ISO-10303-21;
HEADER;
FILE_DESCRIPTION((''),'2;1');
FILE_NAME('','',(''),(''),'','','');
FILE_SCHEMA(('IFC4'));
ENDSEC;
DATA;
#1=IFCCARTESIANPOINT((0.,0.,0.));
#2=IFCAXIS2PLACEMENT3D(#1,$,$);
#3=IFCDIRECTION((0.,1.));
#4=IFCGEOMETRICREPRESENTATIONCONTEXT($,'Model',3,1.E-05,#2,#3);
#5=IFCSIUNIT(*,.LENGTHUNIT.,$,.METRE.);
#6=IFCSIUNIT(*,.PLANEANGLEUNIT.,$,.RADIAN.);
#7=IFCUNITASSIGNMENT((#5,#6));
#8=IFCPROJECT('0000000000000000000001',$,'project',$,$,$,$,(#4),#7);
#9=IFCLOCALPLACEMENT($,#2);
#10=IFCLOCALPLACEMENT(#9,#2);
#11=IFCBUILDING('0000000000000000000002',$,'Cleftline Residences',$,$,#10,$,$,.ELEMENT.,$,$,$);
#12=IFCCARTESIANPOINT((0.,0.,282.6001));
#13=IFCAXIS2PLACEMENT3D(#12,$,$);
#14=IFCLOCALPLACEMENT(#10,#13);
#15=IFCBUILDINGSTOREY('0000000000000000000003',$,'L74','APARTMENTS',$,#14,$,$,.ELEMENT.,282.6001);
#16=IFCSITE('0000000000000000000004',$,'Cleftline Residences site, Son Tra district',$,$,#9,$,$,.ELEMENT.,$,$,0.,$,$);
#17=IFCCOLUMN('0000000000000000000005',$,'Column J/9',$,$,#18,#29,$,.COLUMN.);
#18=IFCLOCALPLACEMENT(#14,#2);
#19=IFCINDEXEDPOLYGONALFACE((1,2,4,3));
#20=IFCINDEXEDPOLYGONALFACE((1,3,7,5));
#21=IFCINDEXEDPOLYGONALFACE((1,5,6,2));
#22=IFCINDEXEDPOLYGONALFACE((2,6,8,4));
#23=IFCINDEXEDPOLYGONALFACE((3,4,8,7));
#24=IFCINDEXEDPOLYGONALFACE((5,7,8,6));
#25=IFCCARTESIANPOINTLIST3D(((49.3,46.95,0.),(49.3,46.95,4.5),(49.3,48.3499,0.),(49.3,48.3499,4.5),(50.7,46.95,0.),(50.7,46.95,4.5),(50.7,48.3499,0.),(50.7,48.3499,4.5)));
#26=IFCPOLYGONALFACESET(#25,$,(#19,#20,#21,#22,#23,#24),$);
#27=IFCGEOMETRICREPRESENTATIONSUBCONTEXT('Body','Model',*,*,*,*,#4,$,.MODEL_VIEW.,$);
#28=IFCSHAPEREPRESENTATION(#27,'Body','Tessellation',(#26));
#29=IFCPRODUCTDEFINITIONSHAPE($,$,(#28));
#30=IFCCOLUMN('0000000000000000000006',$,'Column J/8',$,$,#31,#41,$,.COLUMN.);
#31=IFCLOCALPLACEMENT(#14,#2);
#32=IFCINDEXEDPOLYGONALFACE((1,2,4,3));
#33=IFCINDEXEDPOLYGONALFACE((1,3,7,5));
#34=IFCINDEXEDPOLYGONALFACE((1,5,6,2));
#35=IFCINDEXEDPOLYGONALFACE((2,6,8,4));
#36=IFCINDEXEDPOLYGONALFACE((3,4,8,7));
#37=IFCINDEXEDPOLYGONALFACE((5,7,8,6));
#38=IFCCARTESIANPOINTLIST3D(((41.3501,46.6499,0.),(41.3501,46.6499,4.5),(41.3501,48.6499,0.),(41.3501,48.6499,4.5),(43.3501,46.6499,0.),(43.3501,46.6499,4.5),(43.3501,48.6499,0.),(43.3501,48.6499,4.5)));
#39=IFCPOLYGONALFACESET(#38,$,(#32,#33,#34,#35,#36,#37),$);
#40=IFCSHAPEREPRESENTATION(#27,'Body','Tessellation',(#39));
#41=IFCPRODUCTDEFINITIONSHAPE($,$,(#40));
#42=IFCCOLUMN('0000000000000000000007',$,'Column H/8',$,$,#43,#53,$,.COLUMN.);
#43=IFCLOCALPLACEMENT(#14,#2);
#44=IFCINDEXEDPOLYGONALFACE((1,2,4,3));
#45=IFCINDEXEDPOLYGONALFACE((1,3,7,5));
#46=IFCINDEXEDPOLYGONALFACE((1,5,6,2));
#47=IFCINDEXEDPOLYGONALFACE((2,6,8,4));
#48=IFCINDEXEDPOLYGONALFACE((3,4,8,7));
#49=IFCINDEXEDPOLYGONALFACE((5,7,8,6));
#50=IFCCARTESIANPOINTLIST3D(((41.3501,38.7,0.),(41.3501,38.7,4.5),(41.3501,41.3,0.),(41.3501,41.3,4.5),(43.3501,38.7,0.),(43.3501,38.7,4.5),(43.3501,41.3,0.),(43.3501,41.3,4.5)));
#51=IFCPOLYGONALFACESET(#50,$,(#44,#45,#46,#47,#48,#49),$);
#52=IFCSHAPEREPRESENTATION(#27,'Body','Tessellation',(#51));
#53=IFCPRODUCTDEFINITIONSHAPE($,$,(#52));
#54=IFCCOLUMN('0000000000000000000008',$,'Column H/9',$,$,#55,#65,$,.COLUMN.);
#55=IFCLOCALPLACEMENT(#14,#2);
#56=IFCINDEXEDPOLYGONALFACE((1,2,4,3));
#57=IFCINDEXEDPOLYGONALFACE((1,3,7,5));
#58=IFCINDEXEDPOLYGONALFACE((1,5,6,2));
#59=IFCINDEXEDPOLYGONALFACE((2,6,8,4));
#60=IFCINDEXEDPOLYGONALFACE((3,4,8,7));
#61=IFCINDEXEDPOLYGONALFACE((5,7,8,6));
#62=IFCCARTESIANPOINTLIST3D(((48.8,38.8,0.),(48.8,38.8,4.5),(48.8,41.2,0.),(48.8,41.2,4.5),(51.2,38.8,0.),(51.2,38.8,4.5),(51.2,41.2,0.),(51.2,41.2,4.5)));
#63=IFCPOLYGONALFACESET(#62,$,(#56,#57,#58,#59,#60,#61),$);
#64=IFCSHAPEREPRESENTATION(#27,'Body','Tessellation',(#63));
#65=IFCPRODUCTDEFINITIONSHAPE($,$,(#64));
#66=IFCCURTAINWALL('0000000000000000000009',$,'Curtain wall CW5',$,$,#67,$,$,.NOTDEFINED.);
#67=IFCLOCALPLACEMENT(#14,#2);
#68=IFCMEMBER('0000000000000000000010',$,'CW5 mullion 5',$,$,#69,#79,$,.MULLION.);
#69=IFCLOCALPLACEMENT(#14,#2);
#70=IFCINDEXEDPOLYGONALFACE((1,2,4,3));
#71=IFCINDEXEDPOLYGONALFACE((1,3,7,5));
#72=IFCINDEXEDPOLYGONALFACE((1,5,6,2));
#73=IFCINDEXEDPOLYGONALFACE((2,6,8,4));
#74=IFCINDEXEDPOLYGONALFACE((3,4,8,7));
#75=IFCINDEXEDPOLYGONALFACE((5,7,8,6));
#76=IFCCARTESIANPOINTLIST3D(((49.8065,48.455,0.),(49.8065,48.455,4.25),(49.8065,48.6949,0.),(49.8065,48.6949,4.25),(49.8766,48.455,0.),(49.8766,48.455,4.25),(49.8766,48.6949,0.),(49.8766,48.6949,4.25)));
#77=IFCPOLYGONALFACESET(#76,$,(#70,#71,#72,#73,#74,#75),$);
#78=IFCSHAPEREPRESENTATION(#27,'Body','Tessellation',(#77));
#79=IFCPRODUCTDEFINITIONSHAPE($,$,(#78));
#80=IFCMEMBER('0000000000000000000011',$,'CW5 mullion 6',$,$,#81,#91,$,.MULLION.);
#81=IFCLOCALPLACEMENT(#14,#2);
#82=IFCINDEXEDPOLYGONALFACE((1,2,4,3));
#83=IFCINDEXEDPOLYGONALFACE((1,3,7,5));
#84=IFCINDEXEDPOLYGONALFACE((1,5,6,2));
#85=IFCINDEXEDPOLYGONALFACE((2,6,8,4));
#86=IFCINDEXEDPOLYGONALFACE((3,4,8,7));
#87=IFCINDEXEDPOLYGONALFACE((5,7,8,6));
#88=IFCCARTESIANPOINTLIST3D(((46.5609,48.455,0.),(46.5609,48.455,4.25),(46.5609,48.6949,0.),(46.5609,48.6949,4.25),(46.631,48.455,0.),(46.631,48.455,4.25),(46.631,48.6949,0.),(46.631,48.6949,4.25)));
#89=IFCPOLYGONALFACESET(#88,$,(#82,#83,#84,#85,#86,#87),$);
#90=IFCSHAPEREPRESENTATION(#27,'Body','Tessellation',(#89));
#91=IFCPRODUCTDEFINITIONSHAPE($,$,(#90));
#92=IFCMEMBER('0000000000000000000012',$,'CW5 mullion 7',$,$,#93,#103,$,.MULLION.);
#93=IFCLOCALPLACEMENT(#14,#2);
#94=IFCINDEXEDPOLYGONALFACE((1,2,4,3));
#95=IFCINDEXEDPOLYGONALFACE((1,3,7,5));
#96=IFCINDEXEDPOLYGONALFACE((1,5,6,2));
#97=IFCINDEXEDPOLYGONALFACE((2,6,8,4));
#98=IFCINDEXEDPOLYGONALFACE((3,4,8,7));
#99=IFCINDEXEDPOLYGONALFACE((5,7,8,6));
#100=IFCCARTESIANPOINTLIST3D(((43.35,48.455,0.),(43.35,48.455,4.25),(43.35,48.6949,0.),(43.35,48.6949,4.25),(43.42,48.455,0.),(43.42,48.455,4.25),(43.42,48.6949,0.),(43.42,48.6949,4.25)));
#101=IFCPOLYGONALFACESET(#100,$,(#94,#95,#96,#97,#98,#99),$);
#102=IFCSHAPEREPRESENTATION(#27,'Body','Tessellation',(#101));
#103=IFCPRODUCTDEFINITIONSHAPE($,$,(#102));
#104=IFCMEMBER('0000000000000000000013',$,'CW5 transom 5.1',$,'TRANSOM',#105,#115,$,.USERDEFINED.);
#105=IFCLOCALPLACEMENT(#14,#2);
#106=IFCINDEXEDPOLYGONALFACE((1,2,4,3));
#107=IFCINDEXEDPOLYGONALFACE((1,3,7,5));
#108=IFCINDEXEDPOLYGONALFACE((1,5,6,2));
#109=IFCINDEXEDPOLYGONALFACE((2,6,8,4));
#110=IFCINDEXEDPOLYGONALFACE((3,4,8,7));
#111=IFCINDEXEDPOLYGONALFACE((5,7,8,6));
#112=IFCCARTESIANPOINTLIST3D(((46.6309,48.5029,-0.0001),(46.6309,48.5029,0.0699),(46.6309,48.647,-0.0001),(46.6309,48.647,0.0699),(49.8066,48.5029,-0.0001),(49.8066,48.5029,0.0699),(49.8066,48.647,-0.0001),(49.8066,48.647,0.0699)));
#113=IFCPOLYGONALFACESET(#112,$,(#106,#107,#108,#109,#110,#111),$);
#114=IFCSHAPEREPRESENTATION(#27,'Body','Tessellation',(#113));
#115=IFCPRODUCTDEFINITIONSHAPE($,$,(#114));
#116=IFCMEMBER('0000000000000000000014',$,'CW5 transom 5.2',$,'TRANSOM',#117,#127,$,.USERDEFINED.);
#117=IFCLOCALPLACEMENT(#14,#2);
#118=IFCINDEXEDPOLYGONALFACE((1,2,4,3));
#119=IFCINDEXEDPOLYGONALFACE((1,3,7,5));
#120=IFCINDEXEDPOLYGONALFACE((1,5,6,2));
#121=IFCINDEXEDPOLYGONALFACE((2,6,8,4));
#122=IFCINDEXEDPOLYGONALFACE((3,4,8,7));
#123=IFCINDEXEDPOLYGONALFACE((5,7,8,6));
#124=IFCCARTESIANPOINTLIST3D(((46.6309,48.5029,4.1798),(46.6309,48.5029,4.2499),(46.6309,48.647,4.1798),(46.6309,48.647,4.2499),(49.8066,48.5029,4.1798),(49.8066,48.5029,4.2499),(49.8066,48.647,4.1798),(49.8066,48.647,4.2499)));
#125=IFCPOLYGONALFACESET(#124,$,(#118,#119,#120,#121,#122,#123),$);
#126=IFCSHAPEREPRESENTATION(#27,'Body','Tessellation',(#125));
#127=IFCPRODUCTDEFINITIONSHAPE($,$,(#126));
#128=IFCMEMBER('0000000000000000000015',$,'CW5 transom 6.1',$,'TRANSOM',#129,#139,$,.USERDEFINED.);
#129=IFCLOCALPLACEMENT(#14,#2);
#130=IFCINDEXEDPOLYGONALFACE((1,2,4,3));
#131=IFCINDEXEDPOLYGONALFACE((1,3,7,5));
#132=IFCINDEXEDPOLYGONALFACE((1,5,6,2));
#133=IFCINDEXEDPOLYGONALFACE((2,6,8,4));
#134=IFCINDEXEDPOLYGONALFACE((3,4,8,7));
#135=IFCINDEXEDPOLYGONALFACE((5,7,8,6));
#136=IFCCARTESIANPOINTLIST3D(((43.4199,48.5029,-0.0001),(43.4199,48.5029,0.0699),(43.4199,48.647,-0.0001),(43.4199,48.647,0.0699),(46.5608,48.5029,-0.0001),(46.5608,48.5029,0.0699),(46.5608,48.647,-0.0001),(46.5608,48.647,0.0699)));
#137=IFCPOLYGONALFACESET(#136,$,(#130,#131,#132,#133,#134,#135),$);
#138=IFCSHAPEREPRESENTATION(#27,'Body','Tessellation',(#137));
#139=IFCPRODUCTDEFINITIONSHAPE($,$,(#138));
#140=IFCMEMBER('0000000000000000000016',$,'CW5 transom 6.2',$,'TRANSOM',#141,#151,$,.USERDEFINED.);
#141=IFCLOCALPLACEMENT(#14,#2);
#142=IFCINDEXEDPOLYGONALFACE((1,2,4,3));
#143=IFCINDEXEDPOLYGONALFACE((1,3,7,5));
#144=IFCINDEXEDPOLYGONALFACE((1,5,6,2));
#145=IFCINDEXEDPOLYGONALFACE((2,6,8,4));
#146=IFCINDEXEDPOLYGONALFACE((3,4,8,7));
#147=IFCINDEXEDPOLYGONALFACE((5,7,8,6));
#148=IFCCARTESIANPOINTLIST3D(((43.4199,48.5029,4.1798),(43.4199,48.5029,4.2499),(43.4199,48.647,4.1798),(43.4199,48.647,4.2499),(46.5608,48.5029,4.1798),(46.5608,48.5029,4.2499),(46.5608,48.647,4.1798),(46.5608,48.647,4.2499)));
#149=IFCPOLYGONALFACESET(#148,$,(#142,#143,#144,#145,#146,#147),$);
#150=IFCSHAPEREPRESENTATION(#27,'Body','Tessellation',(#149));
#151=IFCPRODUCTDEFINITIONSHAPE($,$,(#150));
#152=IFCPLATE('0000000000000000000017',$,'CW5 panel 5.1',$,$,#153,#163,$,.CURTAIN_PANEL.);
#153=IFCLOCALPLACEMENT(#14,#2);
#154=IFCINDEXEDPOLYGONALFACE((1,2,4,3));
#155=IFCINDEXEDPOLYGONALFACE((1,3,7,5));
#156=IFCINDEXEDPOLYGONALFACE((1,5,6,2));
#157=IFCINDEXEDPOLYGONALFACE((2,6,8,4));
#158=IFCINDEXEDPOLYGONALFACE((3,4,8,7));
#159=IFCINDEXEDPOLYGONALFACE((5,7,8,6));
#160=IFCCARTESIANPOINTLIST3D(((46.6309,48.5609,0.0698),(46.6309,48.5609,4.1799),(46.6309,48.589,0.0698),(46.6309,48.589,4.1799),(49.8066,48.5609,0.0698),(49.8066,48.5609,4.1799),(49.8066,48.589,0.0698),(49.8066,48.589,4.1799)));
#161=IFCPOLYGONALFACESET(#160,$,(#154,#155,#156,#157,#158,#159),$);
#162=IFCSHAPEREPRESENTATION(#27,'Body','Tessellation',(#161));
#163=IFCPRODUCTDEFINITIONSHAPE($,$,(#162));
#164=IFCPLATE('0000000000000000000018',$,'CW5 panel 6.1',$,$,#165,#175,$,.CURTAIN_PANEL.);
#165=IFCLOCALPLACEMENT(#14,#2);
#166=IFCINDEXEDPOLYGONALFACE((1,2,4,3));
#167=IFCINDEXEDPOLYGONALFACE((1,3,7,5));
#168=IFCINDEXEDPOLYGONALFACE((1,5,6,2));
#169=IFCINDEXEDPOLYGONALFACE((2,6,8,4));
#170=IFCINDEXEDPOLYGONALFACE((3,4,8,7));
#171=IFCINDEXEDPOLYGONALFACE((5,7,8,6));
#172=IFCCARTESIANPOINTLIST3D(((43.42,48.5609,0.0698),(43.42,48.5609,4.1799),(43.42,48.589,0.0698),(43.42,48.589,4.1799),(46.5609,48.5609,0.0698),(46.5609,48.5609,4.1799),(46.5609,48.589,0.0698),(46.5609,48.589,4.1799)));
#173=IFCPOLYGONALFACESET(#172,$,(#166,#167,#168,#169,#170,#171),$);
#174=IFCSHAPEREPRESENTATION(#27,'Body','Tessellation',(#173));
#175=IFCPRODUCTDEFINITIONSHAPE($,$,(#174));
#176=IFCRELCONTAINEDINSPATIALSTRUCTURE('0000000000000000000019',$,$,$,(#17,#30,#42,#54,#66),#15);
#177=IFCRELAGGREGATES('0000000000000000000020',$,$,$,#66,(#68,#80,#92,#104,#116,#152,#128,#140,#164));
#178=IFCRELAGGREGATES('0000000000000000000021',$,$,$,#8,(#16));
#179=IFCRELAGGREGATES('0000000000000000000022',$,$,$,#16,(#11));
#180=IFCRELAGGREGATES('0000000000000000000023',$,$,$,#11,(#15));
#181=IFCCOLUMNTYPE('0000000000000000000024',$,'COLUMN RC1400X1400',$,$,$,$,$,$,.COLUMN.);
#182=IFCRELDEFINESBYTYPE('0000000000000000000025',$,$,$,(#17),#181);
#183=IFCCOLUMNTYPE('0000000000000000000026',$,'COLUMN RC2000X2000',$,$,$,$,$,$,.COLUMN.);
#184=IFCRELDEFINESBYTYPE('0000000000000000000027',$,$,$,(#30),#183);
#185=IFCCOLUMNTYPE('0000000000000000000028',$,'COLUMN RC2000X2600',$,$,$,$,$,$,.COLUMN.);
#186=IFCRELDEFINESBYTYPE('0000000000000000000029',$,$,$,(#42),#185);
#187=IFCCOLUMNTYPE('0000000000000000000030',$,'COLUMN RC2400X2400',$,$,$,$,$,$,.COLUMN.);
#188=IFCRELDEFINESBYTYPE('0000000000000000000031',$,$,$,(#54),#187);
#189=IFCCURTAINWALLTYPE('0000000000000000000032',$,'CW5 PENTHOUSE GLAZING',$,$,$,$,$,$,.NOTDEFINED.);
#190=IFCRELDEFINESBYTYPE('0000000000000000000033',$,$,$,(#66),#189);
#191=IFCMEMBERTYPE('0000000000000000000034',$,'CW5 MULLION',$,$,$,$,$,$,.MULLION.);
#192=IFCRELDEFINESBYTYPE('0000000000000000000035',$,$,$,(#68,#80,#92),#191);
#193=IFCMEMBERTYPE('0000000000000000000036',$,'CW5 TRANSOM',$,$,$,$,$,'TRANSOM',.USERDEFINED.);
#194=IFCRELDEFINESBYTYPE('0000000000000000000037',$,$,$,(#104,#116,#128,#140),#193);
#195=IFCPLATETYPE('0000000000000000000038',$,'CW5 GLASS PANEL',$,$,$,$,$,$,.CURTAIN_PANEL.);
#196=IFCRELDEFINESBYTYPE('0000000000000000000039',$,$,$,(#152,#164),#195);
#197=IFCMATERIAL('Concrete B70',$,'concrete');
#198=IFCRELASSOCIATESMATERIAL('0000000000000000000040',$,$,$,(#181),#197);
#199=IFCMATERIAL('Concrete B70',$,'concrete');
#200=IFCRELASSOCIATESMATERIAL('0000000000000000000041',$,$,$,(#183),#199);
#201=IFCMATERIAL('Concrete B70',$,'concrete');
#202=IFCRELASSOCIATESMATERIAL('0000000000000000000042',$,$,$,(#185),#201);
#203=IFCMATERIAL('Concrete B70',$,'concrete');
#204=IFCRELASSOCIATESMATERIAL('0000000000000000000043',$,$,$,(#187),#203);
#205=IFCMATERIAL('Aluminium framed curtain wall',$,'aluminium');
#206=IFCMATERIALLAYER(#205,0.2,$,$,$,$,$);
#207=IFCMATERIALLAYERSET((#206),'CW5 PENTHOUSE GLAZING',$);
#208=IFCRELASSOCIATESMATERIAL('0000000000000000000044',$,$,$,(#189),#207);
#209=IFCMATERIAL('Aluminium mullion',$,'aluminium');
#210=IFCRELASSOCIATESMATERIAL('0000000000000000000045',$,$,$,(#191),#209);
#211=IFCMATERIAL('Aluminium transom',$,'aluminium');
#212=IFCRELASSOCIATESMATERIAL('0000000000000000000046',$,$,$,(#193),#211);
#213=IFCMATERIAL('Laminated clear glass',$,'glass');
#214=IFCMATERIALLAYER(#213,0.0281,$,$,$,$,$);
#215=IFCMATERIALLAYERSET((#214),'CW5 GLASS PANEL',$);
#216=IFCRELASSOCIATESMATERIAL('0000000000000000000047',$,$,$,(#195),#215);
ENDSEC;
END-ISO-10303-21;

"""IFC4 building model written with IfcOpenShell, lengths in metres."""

from ifc_helpers import new_model, si_unit, direction, frame, origin, origin_2d, place, context, subcontext, project, spatial, rectangle, extrude, material, layer, layer_set, material_profile, profile_set, type_object, element, aggregate, save


model = new_model("IFC4")

# Units and contexts
model_context = context("Model", 3, precision=1e-05, world=origin(), true_north=direction((0.0, 1.0)))
body_context = subcontext(model_context, "Body", "Model", "MODEL_VIEW")
ifc_project = project(units=[si_unit("LENGTHUNIT", "METRE"), si_unit("PLANEANGLEUNIT", "RADIAN")], contexts=[model_context])

# Site, building, storey
site_placement = place(None, origin())
site = spatial("IfcSite", under=ifc_project, at=site_placement, Name="Cleftline Residences site, Son Tra district", CompositionType="ELEMENT", RefElevation=0.0)
building_placement = place(site_placement, origin())
building = spatial("IfcBuilding", under=site, at=building_placement, Name="Cleftline Residences", CompositionType="ELEMENT")
storey_placement = place(building_placement, frame((0.0, 0.0, 282.6001)))
storey = spatial("IfcBuildingStorey", under=building, at=storey_placement, Name="L74", Description="APARTMENTS", CompositionType="ELEMENT", Elevation=282.6001)

# Columns
ifc_material_1 = material(Name="Concrete B70", Category="concrete")
ifc_material_profile_1 = material_profile(ifc_material_1, rectangle(XDim=1.3999, YDim=1.3999, at=origin_2d()))
ifc_profile_set_1 = profile_set([ifc_material_profile_1], Name="Concrete B70")
column_type_1 = type_object("IfcColumnType", Name="COLUMN RC1400X1400", PredefinedType="COLUMN", material=ifc_profile_set_1)
column_1_placement = place(storey_placement, frame((50.0, 47.6499, 0.0), z_axis=(0.0, 0.0, 1.0), x_axis=(1.0, 0.0, 0.0)))
element("IfcColumn", 1, at=column_1_placement, inside=storey, type_object=column_type_1, Name="Column J/9", PredefinedType="COLUMN", context=body_context, shape_type="SweptSolid", body=[
    extrude(rectangle(XDim=1.3999, YDim=1.3999, at=origin_2d()), origin(), (0.0, 0.0, 1.0), 4.5),
])
ifc_material_2 = material(Name="Concrete B70", Category="concrete")
ifc_material_profile_2 = material_profile(ifc_material_2, rectangle(XDim=2.0, YDim=2.0, at=origin_2d()))
ifc_profile_set_2 = profile_set([ifc_material_profile_2], Name="Concrete B70")
column_type_2 = type_object("IfcColumnType", Name="COLUMN RC2000X2000", PredefinedType="COLUMN", material=ifc_profile_set_2)
column_2_placement = place(storey_placement, frame((42.3501, 47.6499, 0.0), z_axis=(0.0, 0.0, 1.0), x_axis=(1.0, 0.0, 0.0)))
element("IfcColumn", 2, at=column_2_placement, inside=storey, type_object=column_type_2, Name="Column J/8", PredefinedType="COLUMN", context=body_context, shape_type="SweptSolid", body=[
    extrude(rectangle(XDim=2.0, YDim=2.0, at=origin_2d()), origin(), (0.0, 0.0, 1.0), 4.5),
])
ifc_material_3 = material(Name="Concrete B70", Category="concrete")
ifc_material_profile_3 = material_profile(ifc_material_3, rectangle(XDim=2.0, YDim=2.6001, at=origin_2d()))
ifc_profile_set_3 = profile_set([ifc_material_profile_3], Name="Concrete B70")
column_type_3 = type_object("IfcColumnType", Name="COLUMN RC2000X2600", PredefinedType="COLUMN", material=ifc_profile_set_3)
column_3_placement = place(storey_placement, frame((42.3501, 40.0, 0.0), z_axis=(0.0, 0.0, 1.0), x_axis=(1.0, 0.0, 0.0)))
element("IfcColumn", 3, at=column_3_placement, inside=storey, type_object=column_type_3, Name="Column H/8", PredefinedType="COLUMN", context=body_context, shape_type="SweptSolid", body=[
    extrude(rectangle(XDim=2.0, YDim=2.6001, at=origin_2d()), origin(), (0.0, 0.0, 1.0), 4.5),
])
ifc_material_4 = material(Name="Concrete B70", Category="concrete")
ifc_material_profile_4 = material_profile(ifc_material_4, rectangle(XDim=2.3999, YDim=2.3999, at=origin_2d()))
ifc_profile_set_4 = profile_set([ifc_material_profile_4], Name="Concrete B70")
column_type_4 = type_object("IfcColumnType", Name="COLUMN RC2400X2400", PredefinedType="COLUMN", material=ifc_profile_set_4)
column_4_placement = place(storey_placement, frame((50.0, 40.0, 0.0), z_axis=(0.0, 0.0, 1.0), x_axis=(1.0, 0.0, 0.0)))
element("IfcColumn", 4, at=column_4_placement, inside=storey, type_object=column_type_4, Name="Column H/9", PredefinedType="COLUMN", context=body_context, shape_type="SweptSolid", body=[
    extrude(rectangle(XDim=2.3999, YDim=2.3999, at=origin_2d()), origin(), (0.0, 0.0, 1.0), 4.5),
])

# Curtain wall, members, plates
ifc_material_5 = material(Name="Aluminium framed curtain wall", Category="aluminium")
ifc_layer_1 = layer(ifc_material_5, 0.2)
ifc_layer_set_1 = layer_set([ifc_layer_1], Name="CW5 PENTHOUSE GLAZING")
curtain_wall_type = type_object("IfcCurtainWallType", Name="CW5 PENTHOUSE GLAZING", PredefinedType="NOTDEFINED", material=ifc_layer_set_1)
curtain_wall_placement = place(storey_placement, origin())
curtain_wall = element("IfcCurtainWall", 5, at=curtain_wall_placement, inside=storey, type_object=curtain_wall_type, Name="Curtain wall CW5", PredefinedType="NOTDEFINED")
ifc_material_6 = material(Name="Aluminium mullion", Category="aluminium")
ifc_material_profile_5 = material_profile(ifc_material_6, rectangle(XDim=0.24, YDim=0.0701, at=origin_2d()))
ifc_profile_set_5 = profile_set([ifc_material_profile_5], Name="Aluminium mullion")
member_type_1 = type_object("IfcMemberType", Name="CW5 MULLION", PredefinedType="MULLION", material=ifc_profile_set_5)
member_1_placement = place(storey_placement, frame((49.8416, 48.575, 0.0), z_axis=(0.0, 0.0, 1.0), x_axis=(0.0, -1.0, 0.0)))
member_1 = element("IfcMember", 6, at=member_1_placement, type_object=member_type_1, Name="CW5 mullion 5", PredefinedType="MULLION", context=body_context, shape_type="SweptSolid", body=[
    extrude(rectangle(XDim=0.24, YDim=0.0701, at=origin_2d()), origin(), (0.0, 0.0, 1.0), 4.25),
])
member_2_placement = place(storey_placement, frame((46.5959, 48.575, 0.0), z_axis=(0.0, 0.0, 1.0), x_axis=(0.0, -1.0, 0.0)))
member_2 = element("IfcMember", 7, at=member_2_placement, type_object=member_type_1, Name="CW5 mullion 6", PredefinedType="MULLION", context=body_context, shape_type="SweptSolid", body=[
    extrude(rectangle(XDim=0.24, YDim=0.0701, at=origin_2d()), origin(), (0.0, 0.0, 1.0), 4.25),
])
member_3_placement = place(storey_placement, frame((43.385, 48.575, 0.0), z_axis=(0.0, 0.0, 1.0), x_axis=(0.0, -1.0, 0.0)))
member_3 = element("IfcMember", 8, at=member_3_placement, type_object=member_type_1, Name="CW5 mullion 7", PredefinedType="MULLION", context=body_context, shape_type="SweptSolid", body=[
    extrude(rectangle(XDim=0.24, YDim=0.0701, at=origin_2d()), origin(), (0.0, 0.0, 1.0), 4.25),
])
ifc_material_7 = material(Name="Aluminium transom", Category="aluminium")
ifc_material_profile_6 = material_profile(ifc_material_7, rectangle(XDim=0.144, YDim=0.0701, at=origin_2d()))
ifc_profile_set_6 = profile_set([ifc_material_profile_6], Name="Aluminium transom")
member_type_2 = type_object("IfcMemberType", Name="CW5 TRANSOM", ElementType="TRANSOM", PredefinedType="USERDEFINED", material=ifc_profile_set_6)
member_4_placement = place(storey_placement, frame((49.8066, 48.575, 0.0349), z_axis=(-1.0, 0.0, 0.0), x_axis=(0.0, -1.0, 0.0)))
member_4 = element("IfcMember", 9, at=member_4_placement, type_object=member_type_2, Name="CW5 transom 5.1", ObjectType="TRANSOM", PredefinedType="USERDEFINED", context=body_context, shape_type="SweptSolid", body=[
    extrude(rectangle(XDim=0.144, YDim=0.0701, at=origin_2d()), origin(), (0.0, 0.0, 1.0), 3.1758),
])
member_5_placement = place(storey_placement, frame((49.8066, 48.575, 4.2148), z_axis=(-1.0, 0.0, 0.0), x_axis=(0.0, -1.0, 0.0)))
member_5 = element("IfcMember", 10, at=member_5_placement, type_object=member_type_2, Name="CW5 transom 5.2", ObjectType="TRANSOM", PredefinedType="USERDEFINED", context=body_context, shape_type="SweptSolid", body=[
    extrude(rectangle(XDim=0.144, YDim=0.0701, at=origin_2d()), origin(), (0.0, 0.0, 1.0), 3.1758),
])
member_6_placement = place(storey_placement, frame((46.5608, 48.575, 0.0349), z_axis=(-1.0, 0.0, 0.0), x_axis=(0.0, -1.0, 0.0)))
member_6 = element("IfcMember", 11, at=member_6_placement, type_object=member_type_2, Name="CW5 transom 6.1", ObjectType="TRANSOM", PredefinedType="USERDEFINED", context=body_context, shape_type="SweptSolid", body=[
    extrude(rectangle(XDim=0.144, YDim=0.0701, at=origin_2d()), origin(), (0.0, 0.0, 1.0), 3.1409),
])
member_7_placement = place(storey_placement, frame((46.5608, 48.575, 4.2148), z_axis=(-1.0, 0.0, 0.0), x_axis=(0.0, -1.0, 0.0)))
member_7 = element("IfcMember", 12, at=member_7_placement, type_object=member_type_2, Name="CW5 transom 6.2", ObjectType="TRANSOM", PredefinedType="USERDEFINED", context=body_context, shape_type="SweptSolid", body=[
    extrude(rectangle(XDim=0.144, YDim=0.0701, at=origin_2d()), origin(), (0.0, 0.0, 1.0), 3.1409),
])
ifc_material_8 = material(Name="Laminated clear glass", Category="glass")
ifc_layer_2 = layer(ifc_material_8, 0.0281)
ifc_layer_set_2 = layer_set([ifc_layer_2], Name="CW5 GLASS PANEL")
plate_type = type_object("IfcPlateType", Name="CW5 GLASS PANEL", PredefinedType="CURTAIN_PANEL", material=ifc_layer_set_2)
plate_1_placement = place(storey_placement, frame((48.2188, 48.575, 0.0698), z_axis=(0.0, 0.0, 1.0), x_axis=(-1.0, 0.0, 0.0)))
plate_1 = element("IfcPlate", 13, at=plate_1_placement, type_object=plate_type, Name="CW5 panel 5.1", PredefinedType="CURTAIN_PANEL", context=body_context, shape_type="SweptSolid", body=[
    extrude(rectangle(XDim=3.1758, YDim=0.0281, at=origin_2d()), origin(), (0.0, 0.0, 1.0), 4.1101),
])
plate_2_placement = place(storey_placement, frame((44.9905, 48.575, 0.0698), z_axis=(0.0, 0.0, 1.0), x_axis=(-1.0, 0.0, 0.0)))
plate_2 = element("IfcPlate", 14, at=plate_2_placement, type_object=plate_type, Name="CW5 panel 6.1", PredefinedType="CURTAIN_PANEL", context=body_context, shape_type="SweptSolid", body=[
    extrude(rectangle(XDim=3.1409, YDim=0.0281, at=origin_2d()), origin(), (0.0, 0.0, 1.0), 4.1101),
])
aggregate(curtain_wall, [member_1, member_2, member_3, member_4, member_5, plate_1, member_6, member_7, plate_2])

save(model, "model.ifc")
